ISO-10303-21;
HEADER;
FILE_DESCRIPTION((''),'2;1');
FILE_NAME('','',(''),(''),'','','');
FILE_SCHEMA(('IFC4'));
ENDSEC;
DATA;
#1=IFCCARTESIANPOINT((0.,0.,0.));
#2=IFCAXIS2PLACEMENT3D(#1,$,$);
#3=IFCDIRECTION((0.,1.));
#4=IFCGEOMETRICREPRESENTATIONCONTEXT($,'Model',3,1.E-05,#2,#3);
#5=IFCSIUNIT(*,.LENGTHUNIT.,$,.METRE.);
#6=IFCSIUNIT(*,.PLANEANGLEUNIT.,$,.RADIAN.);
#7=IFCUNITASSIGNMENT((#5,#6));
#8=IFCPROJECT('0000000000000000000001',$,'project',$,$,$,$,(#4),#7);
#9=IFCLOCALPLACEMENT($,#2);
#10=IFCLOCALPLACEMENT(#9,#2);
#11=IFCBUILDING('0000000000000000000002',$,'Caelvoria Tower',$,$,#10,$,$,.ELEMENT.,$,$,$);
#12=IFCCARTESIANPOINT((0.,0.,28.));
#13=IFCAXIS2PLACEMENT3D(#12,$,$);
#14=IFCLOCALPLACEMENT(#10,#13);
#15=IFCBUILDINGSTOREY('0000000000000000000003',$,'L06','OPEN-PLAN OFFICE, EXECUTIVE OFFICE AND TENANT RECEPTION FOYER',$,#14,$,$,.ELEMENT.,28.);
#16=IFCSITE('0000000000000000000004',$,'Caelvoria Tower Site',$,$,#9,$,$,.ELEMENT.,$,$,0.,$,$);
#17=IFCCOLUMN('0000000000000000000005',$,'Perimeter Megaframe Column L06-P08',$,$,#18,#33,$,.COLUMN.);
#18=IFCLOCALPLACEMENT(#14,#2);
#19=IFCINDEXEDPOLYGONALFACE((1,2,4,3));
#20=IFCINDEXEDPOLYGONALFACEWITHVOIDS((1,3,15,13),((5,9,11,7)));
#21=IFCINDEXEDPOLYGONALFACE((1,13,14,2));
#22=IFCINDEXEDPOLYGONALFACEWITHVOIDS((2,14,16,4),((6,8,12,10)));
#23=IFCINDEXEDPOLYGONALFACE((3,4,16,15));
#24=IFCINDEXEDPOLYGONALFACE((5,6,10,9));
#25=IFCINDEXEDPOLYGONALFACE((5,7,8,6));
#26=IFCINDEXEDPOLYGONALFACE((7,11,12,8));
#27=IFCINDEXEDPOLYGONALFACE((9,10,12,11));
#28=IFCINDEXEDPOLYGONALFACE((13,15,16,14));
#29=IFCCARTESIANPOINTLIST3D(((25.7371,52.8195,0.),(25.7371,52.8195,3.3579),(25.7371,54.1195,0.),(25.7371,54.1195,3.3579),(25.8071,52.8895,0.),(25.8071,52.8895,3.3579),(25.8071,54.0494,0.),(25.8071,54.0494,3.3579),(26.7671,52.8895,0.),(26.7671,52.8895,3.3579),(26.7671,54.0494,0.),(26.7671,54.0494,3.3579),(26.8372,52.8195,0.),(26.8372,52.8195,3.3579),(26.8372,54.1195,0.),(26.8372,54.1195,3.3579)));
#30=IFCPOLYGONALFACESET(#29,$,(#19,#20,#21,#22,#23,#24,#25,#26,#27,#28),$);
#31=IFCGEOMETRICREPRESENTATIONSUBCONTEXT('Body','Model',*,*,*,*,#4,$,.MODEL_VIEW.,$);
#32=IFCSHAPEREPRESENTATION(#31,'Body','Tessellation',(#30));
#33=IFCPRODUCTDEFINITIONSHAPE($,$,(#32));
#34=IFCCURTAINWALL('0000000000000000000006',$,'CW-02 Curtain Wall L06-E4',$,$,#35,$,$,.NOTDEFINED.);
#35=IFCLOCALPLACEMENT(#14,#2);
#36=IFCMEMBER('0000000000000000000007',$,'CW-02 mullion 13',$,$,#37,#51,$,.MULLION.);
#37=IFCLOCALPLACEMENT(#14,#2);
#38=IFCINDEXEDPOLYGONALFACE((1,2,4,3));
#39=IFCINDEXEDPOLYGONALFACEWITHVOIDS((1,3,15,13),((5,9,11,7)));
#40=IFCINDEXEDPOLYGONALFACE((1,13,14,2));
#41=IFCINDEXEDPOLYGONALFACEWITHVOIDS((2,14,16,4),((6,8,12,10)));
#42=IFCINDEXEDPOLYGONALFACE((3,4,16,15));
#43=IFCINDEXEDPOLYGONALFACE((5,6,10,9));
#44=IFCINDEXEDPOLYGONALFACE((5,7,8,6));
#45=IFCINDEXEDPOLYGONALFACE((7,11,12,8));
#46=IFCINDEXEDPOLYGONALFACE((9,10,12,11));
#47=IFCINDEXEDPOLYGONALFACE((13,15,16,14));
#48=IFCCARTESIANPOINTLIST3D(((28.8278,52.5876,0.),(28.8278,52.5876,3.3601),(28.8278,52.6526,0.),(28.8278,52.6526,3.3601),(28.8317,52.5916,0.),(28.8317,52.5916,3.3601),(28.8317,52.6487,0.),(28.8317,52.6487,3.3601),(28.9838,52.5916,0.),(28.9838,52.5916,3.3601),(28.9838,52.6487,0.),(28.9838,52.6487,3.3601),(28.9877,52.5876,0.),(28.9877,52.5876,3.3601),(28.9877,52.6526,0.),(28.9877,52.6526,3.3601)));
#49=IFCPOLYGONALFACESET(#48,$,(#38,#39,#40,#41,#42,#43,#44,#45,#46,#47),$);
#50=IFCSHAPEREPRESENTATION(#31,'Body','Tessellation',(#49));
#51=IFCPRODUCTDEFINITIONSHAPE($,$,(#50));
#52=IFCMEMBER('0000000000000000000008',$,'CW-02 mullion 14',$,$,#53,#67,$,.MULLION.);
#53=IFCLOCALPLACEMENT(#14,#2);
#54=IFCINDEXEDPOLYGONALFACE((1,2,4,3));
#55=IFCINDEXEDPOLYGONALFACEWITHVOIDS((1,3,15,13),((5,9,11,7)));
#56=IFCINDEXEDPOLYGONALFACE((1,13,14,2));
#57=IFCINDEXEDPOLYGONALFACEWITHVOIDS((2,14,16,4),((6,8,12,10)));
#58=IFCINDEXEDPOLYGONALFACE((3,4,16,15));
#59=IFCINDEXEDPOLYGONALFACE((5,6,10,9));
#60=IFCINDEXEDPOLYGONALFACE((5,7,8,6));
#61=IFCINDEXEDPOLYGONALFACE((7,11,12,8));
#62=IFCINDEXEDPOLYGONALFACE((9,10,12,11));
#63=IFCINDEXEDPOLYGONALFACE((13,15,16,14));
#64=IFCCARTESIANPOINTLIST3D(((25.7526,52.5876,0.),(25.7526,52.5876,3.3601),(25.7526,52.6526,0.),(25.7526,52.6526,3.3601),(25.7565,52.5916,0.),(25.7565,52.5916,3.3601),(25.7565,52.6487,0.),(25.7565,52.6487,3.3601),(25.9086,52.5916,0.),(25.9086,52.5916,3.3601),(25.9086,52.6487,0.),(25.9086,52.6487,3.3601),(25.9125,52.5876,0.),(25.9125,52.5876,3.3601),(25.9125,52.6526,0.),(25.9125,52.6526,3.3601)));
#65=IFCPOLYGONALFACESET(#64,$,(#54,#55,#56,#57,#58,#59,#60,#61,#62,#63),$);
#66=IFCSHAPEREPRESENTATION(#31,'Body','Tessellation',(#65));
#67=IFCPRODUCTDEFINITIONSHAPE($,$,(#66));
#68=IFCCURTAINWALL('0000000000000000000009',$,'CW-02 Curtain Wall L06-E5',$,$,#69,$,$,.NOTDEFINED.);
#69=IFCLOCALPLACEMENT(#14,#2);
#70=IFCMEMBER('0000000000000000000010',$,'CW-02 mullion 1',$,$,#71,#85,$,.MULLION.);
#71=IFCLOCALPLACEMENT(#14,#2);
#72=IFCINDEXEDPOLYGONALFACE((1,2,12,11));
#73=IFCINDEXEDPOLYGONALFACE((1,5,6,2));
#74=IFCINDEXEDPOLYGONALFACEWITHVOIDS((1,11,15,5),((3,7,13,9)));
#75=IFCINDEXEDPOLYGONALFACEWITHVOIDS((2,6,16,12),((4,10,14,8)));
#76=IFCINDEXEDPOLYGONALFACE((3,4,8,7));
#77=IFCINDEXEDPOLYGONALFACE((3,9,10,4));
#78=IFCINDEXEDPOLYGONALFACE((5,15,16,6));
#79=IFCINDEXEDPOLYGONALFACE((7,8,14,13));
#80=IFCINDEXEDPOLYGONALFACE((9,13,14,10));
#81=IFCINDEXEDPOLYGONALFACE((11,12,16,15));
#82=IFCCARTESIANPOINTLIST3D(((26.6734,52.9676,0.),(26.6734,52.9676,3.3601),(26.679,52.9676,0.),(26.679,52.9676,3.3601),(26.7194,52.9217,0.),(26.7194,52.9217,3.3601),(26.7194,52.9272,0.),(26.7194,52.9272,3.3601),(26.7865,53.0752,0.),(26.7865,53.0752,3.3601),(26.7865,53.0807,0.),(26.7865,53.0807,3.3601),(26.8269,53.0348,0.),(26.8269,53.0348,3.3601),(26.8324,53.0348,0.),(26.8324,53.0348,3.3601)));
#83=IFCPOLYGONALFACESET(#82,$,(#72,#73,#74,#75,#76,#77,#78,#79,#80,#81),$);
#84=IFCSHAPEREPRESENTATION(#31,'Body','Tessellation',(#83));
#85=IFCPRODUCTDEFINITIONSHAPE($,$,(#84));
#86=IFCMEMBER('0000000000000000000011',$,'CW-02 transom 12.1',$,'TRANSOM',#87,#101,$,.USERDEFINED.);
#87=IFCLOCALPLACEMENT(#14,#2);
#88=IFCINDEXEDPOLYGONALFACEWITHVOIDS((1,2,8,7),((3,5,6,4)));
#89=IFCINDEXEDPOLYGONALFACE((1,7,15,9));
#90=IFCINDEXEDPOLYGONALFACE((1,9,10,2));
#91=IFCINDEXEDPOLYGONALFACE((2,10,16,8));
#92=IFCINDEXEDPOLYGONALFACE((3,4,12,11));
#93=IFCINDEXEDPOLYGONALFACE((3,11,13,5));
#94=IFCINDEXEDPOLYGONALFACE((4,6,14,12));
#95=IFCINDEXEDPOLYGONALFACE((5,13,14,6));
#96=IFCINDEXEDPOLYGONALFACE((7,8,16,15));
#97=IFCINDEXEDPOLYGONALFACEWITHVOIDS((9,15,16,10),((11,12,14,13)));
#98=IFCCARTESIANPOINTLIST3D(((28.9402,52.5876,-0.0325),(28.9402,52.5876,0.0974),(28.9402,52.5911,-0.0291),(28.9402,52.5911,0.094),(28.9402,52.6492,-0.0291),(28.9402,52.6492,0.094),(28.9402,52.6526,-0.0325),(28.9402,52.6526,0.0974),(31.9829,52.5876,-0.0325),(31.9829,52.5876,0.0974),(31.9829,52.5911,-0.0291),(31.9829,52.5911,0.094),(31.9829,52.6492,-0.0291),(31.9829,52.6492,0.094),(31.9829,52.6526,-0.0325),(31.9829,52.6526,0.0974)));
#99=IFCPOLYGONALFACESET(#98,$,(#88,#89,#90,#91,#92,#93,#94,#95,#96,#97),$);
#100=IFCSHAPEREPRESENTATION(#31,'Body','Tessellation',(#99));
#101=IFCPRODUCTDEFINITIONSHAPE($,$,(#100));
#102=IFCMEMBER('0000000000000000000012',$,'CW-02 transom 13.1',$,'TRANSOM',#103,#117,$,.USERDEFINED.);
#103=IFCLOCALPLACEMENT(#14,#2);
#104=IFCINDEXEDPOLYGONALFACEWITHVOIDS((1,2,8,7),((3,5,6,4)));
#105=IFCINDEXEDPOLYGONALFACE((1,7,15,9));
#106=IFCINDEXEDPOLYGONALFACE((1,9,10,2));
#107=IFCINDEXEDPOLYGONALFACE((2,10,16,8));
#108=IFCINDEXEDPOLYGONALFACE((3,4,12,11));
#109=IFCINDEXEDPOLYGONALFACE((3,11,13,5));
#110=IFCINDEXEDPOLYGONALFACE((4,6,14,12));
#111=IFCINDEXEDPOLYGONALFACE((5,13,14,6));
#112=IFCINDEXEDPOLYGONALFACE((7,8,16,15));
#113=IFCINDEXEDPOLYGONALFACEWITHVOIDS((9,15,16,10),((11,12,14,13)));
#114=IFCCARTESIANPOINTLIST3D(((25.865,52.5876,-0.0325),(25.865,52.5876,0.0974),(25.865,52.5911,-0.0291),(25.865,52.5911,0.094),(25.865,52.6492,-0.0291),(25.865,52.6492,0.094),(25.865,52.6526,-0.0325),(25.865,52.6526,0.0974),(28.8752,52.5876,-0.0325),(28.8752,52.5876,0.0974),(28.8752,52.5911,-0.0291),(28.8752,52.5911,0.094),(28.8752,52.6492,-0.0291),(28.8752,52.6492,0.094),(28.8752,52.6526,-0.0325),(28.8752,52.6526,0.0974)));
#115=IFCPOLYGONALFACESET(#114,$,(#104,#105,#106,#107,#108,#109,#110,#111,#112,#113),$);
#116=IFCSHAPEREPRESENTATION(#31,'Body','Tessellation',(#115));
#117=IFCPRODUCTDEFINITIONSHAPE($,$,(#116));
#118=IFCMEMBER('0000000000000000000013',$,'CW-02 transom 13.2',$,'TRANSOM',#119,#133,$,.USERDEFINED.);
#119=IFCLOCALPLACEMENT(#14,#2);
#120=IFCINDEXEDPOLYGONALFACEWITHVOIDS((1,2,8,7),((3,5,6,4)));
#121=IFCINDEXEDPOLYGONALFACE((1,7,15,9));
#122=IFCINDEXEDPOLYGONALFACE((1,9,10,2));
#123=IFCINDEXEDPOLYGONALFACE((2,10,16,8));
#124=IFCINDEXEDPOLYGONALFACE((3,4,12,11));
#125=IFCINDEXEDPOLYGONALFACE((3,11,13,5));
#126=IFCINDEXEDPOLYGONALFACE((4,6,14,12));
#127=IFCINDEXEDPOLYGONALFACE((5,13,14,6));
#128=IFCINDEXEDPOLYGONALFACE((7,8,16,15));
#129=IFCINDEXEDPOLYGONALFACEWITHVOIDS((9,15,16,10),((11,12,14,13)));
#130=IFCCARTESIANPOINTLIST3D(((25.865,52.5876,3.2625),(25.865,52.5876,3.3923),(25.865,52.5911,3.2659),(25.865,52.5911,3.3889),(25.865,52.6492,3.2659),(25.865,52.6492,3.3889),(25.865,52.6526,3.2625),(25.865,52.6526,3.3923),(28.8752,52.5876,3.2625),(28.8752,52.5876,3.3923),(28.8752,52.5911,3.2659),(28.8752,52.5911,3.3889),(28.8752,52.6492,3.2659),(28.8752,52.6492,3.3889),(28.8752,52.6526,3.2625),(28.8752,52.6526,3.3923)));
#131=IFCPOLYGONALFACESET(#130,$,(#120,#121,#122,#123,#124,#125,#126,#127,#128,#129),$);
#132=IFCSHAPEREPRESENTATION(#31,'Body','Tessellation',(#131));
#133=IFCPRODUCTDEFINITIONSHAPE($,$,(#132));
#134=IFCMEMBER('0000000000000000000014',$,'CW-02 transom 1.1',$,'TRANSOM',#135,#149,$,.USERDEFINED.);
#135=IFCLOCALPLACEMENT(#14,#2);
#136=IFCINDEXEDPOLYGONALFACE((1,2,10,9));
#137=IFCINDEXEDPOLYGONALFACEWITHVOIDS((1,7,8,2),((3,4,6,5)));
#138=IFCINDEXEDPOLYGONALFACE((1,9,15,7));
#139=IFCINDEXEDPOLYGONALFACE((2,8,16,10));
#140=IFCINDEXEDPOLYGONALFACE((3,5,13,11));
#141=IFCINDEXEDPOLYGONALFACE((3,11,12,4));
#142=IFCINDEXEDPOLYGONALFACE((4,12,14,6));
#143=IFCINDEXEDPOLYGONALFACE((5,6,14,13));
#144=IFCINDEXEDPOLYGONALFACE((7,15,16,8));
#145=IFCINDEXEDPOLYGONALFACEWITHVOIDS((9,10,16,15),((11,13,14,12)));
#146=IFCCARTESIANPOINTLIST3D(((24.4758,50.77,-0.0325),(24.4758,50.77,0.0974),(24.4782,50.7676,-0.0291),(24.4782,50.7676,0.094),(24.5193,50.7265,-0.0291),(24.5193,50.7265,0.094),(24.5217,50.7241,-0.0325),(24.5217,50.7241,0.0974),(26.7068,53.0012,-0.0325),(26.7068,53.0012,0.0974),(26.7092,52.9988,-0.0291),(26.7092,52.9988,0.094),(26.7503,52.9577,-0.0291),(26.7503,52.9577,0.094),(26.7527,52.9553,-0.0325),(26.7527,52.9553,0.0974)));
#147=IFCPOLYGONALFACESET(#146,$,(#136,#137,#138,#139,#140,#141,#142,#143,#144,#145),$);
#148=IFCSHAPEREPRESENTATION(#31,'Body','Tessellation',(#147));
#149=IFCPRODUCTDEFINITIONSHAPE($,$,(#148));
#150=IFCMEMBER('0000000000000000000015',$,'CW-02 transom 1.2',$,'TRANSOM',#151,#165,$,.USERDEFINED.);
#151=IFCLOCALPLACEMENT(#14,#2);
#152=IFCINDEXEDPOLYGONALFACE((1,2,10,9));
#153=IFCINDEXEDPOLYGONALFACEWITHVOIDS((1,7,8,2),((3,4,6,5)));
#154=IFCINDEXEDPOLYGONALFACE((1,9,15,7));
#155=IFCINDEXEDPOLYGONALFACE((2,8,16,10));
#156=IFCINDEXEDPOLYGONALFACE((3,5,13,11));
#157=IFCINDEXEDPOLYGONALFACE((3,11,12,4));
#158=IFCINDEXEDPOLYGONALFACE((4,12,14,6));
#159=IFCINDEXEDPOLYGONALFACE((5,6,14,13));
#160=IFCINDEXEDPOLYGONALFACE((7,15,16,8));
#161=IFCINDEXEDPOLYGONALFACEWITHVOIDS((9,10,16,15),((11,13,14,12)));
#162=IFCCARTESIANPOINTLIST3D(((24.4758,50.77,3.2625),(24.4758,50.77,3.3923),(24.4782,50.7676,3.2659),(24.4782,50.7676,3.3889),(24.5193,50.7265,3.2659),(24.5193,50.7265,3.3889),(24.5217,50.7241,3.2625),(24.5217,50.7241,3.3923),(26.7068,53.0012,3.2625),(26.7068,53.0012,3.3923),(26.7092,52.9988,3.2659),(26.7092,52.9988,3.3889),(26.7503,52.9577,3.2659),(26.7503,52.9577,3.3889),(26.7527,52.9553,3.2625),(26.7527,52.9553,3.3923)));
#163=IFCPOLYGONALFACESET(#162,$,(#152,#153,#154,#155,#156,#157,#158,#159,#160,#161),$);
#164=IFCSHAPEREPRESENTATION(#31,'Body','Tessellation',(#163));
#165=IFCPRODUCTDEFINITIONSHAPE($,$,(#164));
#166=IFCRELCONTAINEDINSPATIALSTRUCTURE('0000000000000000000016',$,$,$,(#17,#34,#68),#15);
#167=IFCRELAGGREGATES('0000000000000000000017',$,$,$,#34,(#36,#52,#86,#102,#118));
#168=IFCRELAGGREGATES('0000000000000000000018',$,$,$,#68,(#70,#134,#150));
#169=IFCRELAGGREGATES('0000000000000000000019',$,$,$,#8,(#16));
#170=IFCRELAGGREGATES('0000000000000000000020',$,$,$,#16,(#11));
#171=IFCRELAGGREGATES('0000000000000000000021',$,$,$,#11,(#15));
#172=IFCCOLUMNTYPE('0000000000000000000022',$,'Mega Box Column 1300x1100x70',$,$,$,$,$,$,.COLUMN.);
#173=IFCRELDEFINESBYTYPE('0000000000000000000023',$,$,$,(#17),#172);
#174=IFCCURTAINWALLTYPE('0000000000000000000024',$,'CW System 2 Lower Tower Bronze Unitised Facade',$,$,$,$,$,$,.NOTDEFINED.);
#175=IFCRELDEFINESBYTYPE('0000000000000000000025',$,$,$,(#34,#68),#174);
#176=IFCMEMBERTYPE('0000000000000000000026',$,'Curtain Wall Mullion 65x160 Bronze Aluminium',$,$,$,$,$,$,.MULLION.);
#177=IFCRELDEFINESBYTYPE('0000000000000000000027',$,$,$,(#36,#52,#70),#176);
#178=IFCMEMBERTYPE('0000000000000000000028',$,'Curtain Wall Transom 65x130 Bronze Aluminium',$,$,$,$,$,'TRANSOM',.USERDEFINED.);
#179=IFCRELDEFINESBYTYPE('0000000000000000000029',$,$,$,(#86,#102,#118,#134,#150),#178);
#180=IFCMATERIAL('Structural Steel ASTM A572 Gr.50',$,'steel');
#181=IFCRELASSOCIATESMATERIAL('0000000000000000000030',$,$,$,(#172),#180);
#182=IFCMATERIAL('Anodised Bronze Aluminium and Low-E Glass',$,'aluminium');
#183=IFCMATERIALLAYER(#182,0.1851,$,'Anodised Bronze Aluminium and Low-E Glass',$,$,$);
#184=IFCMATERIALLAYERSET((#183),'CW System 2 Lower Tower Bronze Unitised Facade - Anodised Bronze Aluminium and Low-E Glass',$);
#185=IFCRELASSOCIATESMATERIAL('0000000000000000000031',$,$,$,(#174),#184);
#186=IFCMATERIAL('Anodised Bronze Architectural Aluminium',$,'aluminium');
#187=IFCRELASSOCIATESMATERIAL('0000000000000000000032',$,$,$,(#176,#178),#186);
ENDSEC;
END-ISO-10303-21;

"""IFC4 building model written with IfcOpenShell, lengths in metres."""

from ifc_helpers import new_model, si_unit, direction, frame, origin, origin_2d, place, context, subcontext, project, spatial, hollow_rectangle, extrude, material, layer, layer_set, material_profile, profile_set, type_object, element, aggregate, save


model = new_model("IFC4")

# Units and contexts
model_context = context("Model", 3, precision=1e-05, world=origin(), true_north=direction((0.0, 1.0)))
body_context = subcontext(model_context, "Body", "Model", "MODEL_VIEW")
ifc_project = project(units=[si_unit("LENGTHUNIT", "METRE"), si_unit("PLANEANGLEUNIT", "RADIAN")], contexts=[model_context])

# Site, building, storey
site_placement = place(None, origin())
site = spatial("IfcSite", under=ifc_project, at=site_placement, Name="Caelvoria Tower Site", CompositionType="ELEMENT", RefElevation=0.0)
building_placement = place(site_placement, origin())
building = spatial("IfcBuilding", under=site, at=building_placement, Name="Caelvoria Tower", CompositionType="ELEMENT")
storey_placement = place(building_placement, frame((0.0, 0.0, 28.0)))
storey = spatial("IfcBuildingStorey", under=building, at=storey_placement, Name="L06", Description="OPEN-PLAN OFFICE, EXECUTIVE OFFICE AND TENANT RECEPTION FOYER", CompositionType="ELEMENT", Elevation=28.0)

# Column
ifc_material_1 = material(Name="Structural Steel ASTM A572 Gr.50", Category="steel")
ifc_material_profile_1 = material_profile(ifc_material_1, hollow_rectangle(XDim=1.1001, YDim=1.3, WallThickness=0.0701, at=origin_2d()), Name="Structural Steel ASTM A572 Gr.50")
ifc_profile_set_1 = profile_set([ifc_material_profile_1], Name="BOX1300X1100X70 - Structural Steel ASTM A572 Gr.50")
column_type = type_object("IfcColumnType", Name="Mega Box Column 1300x1100x70", PredefinedType="COLUMN", material=ifc_profile_set_1)
column_placement = place(storey_placement, frame((26.2871, 53.4695, 0.0), z_axis=(0.0, 0.0, 1.0), x_axis=(1.0, 0.0, 0.0)))
element("IfcColumn", 1, at=column_placement, inside=storey, type_object=column_type, Name="Perimeter Megaframe Column L06-P08", PredefinedType="COLUMN", context=body_context, shape_type="SweptSolid", body=[
    extrude(hollow_rectangle(XDim=1.1001, YDim=1.3, WallThickness=0.0701, at=origin_2d()), origin(), (0.0, 0.0, 1.0), 3.3579),
])

# Curtain wall, members
ifc_material_2 = material(Name="Anodised Bronze Aluminium and Low-E Glass", Category="aluminium")
ifc_layer_1 = layer(ifc_material_2, 0.1851, Name="Anodised Bronze Aluminium and Low-E Glass")
ifc_layer_set_1 = layer_set([ifc_layer_1], Name="CW System 2 Lower Tower Bronze Unitised Facade - Anodised Bronze Aluminium and Low-E Glass")
curtain_wall_type = type_object("IfcCurtainWallType", Name="CW System 2 Lower Tower Bronze Unitised Facade", PredefinedType="NOTDEFINED", material=ifc_layer_set_1)
curtain_wall_1_placement = place(storey_placement, origin())
curtain_wall_1 = element("IfcCurtainWall", 2, at=curtain_wall_1_placement, inside=storey, type_object=curtain_wall_type, Name="CW-02 Curtain Wall L06-E4", PredefinedType="NOTDEFINED")
ifc_material_3 = material(Name="Anodised Bronze Architectural Aluminium", Category="aluminium")
ifc_material_profile_2 = material_profile(ifc_material_3, hollow_rectangle(XDim=0.0649, YDim=0.1599, WallThickness=0.0039, at=origin_2d()), Name="Anodised Bronze Architectural Aluminium")
ifc_profile_set_2 = profile_set([ifc_material_profile_2], Name="CW_MULL_65X160 - Anodised Bronze Architectural Aluminium")
member_type_1 = type_object("IfcMemberType", Name="Curtain Wall Mullion 65x160 Bronze Aluminium", PredefinedType="MULLION", material=ifc_profile_set_2)
member_1_placement = place(storey_placement, frame((28.9077, 52.6201, 0.0), z_axis=(0.0, 0.0, 1.0), x_axis=(0.0, -1.0, 0.0)))
member_1 = element("IfcMember", 3, at=member_1_placement, type_object=member_type_1, Name="CW-02 mullion 13", PredefinedType="MULLION", context=body_context, shape_type="SweptSolid", body=[
    extrude(hollow_rectangle(XDim=0.0649, YDim=0.1599, WallThickness=0.0039, at=origin_2d()), origin(), (0.0, 0.0, 1.0), 3.3601),
])
member_2_placement = place(storey_placement, frame((25.8325, 52.6201, 0.0), z_axis=(0.0, 0.0, 1.0), x_axis=(0.0, -1.0, 0.0)))
member_2 = element("IfcMember", 4, at=member_2_placement, type_object=member_type_1, Name="CW-02 mullion 14", PredefinedType="MULLION", context=body_context, shape_type="SweptSolid", body=[
    extrude(hollow_rectangle(XDim=0.0649, YDim=0.1599, WallThickness=0.0039, at=origin_2d()), origin(), (0.0, 0.0, 1.0), 3.3601),
])

# Curtain wall, member
curtain_wall_2_placement = place(storey_placement, origin())
curtain_wall_2 = element("IfcCurtainWall", 5, at=curtain_wall_2_placement, inside=storey, type_object=curtain_wall_type, Name="CW-02 Curtain Wall L06-E5", PredefinedType="NOTDEFINED")
member_3_placement = place(storey_placement, frame((26.7529, 53.0012, 0.0), z_axis=(0.0, 0.0, 1.0), x_axis=(0.707107, -0.707107, 0.0)))
member_3 = element("IfcMember", 6, at=member_3_placement, type_object=member_type_1, Name="CW-02 mullion 1", PredefinedType="MULLION", context=body_context, shape_type="SweptSolid", body=[
    extrude(hollow_rectangle(XDim=0.0649, YDim=0.1599, WallThickness=0.0039, at=origin_2d()), origin(), (0.0, 0.0, 1.0), 3.3601),
])

# Members
ifc_material_profile_3 = material_profile(ifc_material_3, hollow_rectangle(XDim=0.0649, YDim=0.1299, WallThickness=0.0034, at=origin_2d()), Name="Anodised Bronze Architectural Aluminium")
ifc_profile_set_3 = profile_set([ifc_material_profile_3], Name="CW_TRAN_65X130 - Anodised Bronze Architectural Aluminium")
member_type_2 = type_object("IfcMemberType", Name="Curtain Wall Transom 65x130 Bronze Aluminium", ElementType="TRANSOM", PredefinedType="USERDEFINED", material=ifc_profile_set_3)
member_4_placement = place(storey_placement, frame((31.9829, 52.6201, 0.0325), z_axis=(-1.0, 0.0, 0.0), x_axis=(0.0, -1.0, 0.0)))
member_4 = element("IfcMember", 7, at=member_4_placement, type_object=member_type_2, Name="CW-02 transom 12.1", ObjectType="TRANSOM", PredefinedType="USERDEFINED", context=body_context, shape_type="SweptSolid", body=[
    extrude(hollow_rectangle(XDim=0.0649, YDim=0.1299, WallThickness=0.0034, at=origin_2d()), origin(), (0.0, 0.0, 1.0), 3.0427),
])
member_5_placement = place(storey_placement, frame((28.8752, 52.6201, 0.0325), z_axis=(-1.0, 0.0, 0.0), x_axis=(0.0, -1.0, 0.0)))
member_5 = element("IfcMember", 8, at=member_5_placement, type_object=member_type_2, Name="CW-02 transom 13.1", ObjectType="TRANSOM", PredefinedType="USERDEFINED", context=body_context, shape_type="SweptSolid", body=[
    extrude(hollow_rectangle(XDim=0.0649, YDim=0.1299, WallThickness=0.0034, at=origin_2d()), origin(), (0.0, 0.0, 1.0), 3.0103),
])
member_6_placement = place(storey_placement, frame((28.8752, 52.6201, 3.3274), z_axis=(-1.0, 0.0, 0.0), x_axis=(0.0, -1.0, 0.0)))
member_6 = element("IfcMember", 9, at=member_6_placement, type_object=member_type_2, Name="CW-02 transom 13.2", ObjectType="TRANSOM", PredefinedType="USERDEFINED", context=body_context, shape_type="SweptSolid", body=[
    extrude(hollow_rectangle(XDim=0.0649, YDim=0.1299, WallThickness=0.0034, at=origin_2d()), origin(), (0.0, 0.0, 1.0), 3.0103),
])
member_7_placement = place(storey_placement, frame((26.7297, 52.9783, 0.0325), z_axis=(-0.707068, -0.707145, 0.0), x_axis=(0.707145, -0.707068, 0.0)))
member_7 = element("IfcMember", 10, at=member_7_placement, type_object=member_type_2, Name="CW-02 transom 1.1", ObjectType="TRANSOM", PredefinedType="USERDEFINED", context=body_context, shape_type="SweptSolid", body=[
    extrude(hollow_rectangle(XDim=0.0649, YDim=0.1299, WallThickness=0.0034, at=origin_2d()), origin(), (0.0, 0.0, 1.0), 3.1553),
])
member_8_placement = place(storey_placement, frame((26.7297, 52.9783, 3.3274), z_axis=(-0.707068, -0.707145, 0.0), x_axis=(0.707145, -0.707068, 0.0)))
member_8 = element("IfcMember", 11, at=member_8_placement, type_object=member_type_2, Name="CW-02 transom 1.2", ObjectType="TRANSOM", PredefinedType="USERDEFINED", context=body_context, shape_type="SweptSolid", body=[
    extrude(hollow_rectangle(XDim=0.0649, YDim=0.1299, WallThickness=0.0034, at=origin_2d()), origin(), (0.0, 0.0, 1.0), 3.1553),
])

aggregate(curtain_wall_1, [member_1, member_2, member_4, member_5, member_6])
aggregate(curtain_wall_2, [member_3, member_7, member_8])

save(model, "model.ifc")
